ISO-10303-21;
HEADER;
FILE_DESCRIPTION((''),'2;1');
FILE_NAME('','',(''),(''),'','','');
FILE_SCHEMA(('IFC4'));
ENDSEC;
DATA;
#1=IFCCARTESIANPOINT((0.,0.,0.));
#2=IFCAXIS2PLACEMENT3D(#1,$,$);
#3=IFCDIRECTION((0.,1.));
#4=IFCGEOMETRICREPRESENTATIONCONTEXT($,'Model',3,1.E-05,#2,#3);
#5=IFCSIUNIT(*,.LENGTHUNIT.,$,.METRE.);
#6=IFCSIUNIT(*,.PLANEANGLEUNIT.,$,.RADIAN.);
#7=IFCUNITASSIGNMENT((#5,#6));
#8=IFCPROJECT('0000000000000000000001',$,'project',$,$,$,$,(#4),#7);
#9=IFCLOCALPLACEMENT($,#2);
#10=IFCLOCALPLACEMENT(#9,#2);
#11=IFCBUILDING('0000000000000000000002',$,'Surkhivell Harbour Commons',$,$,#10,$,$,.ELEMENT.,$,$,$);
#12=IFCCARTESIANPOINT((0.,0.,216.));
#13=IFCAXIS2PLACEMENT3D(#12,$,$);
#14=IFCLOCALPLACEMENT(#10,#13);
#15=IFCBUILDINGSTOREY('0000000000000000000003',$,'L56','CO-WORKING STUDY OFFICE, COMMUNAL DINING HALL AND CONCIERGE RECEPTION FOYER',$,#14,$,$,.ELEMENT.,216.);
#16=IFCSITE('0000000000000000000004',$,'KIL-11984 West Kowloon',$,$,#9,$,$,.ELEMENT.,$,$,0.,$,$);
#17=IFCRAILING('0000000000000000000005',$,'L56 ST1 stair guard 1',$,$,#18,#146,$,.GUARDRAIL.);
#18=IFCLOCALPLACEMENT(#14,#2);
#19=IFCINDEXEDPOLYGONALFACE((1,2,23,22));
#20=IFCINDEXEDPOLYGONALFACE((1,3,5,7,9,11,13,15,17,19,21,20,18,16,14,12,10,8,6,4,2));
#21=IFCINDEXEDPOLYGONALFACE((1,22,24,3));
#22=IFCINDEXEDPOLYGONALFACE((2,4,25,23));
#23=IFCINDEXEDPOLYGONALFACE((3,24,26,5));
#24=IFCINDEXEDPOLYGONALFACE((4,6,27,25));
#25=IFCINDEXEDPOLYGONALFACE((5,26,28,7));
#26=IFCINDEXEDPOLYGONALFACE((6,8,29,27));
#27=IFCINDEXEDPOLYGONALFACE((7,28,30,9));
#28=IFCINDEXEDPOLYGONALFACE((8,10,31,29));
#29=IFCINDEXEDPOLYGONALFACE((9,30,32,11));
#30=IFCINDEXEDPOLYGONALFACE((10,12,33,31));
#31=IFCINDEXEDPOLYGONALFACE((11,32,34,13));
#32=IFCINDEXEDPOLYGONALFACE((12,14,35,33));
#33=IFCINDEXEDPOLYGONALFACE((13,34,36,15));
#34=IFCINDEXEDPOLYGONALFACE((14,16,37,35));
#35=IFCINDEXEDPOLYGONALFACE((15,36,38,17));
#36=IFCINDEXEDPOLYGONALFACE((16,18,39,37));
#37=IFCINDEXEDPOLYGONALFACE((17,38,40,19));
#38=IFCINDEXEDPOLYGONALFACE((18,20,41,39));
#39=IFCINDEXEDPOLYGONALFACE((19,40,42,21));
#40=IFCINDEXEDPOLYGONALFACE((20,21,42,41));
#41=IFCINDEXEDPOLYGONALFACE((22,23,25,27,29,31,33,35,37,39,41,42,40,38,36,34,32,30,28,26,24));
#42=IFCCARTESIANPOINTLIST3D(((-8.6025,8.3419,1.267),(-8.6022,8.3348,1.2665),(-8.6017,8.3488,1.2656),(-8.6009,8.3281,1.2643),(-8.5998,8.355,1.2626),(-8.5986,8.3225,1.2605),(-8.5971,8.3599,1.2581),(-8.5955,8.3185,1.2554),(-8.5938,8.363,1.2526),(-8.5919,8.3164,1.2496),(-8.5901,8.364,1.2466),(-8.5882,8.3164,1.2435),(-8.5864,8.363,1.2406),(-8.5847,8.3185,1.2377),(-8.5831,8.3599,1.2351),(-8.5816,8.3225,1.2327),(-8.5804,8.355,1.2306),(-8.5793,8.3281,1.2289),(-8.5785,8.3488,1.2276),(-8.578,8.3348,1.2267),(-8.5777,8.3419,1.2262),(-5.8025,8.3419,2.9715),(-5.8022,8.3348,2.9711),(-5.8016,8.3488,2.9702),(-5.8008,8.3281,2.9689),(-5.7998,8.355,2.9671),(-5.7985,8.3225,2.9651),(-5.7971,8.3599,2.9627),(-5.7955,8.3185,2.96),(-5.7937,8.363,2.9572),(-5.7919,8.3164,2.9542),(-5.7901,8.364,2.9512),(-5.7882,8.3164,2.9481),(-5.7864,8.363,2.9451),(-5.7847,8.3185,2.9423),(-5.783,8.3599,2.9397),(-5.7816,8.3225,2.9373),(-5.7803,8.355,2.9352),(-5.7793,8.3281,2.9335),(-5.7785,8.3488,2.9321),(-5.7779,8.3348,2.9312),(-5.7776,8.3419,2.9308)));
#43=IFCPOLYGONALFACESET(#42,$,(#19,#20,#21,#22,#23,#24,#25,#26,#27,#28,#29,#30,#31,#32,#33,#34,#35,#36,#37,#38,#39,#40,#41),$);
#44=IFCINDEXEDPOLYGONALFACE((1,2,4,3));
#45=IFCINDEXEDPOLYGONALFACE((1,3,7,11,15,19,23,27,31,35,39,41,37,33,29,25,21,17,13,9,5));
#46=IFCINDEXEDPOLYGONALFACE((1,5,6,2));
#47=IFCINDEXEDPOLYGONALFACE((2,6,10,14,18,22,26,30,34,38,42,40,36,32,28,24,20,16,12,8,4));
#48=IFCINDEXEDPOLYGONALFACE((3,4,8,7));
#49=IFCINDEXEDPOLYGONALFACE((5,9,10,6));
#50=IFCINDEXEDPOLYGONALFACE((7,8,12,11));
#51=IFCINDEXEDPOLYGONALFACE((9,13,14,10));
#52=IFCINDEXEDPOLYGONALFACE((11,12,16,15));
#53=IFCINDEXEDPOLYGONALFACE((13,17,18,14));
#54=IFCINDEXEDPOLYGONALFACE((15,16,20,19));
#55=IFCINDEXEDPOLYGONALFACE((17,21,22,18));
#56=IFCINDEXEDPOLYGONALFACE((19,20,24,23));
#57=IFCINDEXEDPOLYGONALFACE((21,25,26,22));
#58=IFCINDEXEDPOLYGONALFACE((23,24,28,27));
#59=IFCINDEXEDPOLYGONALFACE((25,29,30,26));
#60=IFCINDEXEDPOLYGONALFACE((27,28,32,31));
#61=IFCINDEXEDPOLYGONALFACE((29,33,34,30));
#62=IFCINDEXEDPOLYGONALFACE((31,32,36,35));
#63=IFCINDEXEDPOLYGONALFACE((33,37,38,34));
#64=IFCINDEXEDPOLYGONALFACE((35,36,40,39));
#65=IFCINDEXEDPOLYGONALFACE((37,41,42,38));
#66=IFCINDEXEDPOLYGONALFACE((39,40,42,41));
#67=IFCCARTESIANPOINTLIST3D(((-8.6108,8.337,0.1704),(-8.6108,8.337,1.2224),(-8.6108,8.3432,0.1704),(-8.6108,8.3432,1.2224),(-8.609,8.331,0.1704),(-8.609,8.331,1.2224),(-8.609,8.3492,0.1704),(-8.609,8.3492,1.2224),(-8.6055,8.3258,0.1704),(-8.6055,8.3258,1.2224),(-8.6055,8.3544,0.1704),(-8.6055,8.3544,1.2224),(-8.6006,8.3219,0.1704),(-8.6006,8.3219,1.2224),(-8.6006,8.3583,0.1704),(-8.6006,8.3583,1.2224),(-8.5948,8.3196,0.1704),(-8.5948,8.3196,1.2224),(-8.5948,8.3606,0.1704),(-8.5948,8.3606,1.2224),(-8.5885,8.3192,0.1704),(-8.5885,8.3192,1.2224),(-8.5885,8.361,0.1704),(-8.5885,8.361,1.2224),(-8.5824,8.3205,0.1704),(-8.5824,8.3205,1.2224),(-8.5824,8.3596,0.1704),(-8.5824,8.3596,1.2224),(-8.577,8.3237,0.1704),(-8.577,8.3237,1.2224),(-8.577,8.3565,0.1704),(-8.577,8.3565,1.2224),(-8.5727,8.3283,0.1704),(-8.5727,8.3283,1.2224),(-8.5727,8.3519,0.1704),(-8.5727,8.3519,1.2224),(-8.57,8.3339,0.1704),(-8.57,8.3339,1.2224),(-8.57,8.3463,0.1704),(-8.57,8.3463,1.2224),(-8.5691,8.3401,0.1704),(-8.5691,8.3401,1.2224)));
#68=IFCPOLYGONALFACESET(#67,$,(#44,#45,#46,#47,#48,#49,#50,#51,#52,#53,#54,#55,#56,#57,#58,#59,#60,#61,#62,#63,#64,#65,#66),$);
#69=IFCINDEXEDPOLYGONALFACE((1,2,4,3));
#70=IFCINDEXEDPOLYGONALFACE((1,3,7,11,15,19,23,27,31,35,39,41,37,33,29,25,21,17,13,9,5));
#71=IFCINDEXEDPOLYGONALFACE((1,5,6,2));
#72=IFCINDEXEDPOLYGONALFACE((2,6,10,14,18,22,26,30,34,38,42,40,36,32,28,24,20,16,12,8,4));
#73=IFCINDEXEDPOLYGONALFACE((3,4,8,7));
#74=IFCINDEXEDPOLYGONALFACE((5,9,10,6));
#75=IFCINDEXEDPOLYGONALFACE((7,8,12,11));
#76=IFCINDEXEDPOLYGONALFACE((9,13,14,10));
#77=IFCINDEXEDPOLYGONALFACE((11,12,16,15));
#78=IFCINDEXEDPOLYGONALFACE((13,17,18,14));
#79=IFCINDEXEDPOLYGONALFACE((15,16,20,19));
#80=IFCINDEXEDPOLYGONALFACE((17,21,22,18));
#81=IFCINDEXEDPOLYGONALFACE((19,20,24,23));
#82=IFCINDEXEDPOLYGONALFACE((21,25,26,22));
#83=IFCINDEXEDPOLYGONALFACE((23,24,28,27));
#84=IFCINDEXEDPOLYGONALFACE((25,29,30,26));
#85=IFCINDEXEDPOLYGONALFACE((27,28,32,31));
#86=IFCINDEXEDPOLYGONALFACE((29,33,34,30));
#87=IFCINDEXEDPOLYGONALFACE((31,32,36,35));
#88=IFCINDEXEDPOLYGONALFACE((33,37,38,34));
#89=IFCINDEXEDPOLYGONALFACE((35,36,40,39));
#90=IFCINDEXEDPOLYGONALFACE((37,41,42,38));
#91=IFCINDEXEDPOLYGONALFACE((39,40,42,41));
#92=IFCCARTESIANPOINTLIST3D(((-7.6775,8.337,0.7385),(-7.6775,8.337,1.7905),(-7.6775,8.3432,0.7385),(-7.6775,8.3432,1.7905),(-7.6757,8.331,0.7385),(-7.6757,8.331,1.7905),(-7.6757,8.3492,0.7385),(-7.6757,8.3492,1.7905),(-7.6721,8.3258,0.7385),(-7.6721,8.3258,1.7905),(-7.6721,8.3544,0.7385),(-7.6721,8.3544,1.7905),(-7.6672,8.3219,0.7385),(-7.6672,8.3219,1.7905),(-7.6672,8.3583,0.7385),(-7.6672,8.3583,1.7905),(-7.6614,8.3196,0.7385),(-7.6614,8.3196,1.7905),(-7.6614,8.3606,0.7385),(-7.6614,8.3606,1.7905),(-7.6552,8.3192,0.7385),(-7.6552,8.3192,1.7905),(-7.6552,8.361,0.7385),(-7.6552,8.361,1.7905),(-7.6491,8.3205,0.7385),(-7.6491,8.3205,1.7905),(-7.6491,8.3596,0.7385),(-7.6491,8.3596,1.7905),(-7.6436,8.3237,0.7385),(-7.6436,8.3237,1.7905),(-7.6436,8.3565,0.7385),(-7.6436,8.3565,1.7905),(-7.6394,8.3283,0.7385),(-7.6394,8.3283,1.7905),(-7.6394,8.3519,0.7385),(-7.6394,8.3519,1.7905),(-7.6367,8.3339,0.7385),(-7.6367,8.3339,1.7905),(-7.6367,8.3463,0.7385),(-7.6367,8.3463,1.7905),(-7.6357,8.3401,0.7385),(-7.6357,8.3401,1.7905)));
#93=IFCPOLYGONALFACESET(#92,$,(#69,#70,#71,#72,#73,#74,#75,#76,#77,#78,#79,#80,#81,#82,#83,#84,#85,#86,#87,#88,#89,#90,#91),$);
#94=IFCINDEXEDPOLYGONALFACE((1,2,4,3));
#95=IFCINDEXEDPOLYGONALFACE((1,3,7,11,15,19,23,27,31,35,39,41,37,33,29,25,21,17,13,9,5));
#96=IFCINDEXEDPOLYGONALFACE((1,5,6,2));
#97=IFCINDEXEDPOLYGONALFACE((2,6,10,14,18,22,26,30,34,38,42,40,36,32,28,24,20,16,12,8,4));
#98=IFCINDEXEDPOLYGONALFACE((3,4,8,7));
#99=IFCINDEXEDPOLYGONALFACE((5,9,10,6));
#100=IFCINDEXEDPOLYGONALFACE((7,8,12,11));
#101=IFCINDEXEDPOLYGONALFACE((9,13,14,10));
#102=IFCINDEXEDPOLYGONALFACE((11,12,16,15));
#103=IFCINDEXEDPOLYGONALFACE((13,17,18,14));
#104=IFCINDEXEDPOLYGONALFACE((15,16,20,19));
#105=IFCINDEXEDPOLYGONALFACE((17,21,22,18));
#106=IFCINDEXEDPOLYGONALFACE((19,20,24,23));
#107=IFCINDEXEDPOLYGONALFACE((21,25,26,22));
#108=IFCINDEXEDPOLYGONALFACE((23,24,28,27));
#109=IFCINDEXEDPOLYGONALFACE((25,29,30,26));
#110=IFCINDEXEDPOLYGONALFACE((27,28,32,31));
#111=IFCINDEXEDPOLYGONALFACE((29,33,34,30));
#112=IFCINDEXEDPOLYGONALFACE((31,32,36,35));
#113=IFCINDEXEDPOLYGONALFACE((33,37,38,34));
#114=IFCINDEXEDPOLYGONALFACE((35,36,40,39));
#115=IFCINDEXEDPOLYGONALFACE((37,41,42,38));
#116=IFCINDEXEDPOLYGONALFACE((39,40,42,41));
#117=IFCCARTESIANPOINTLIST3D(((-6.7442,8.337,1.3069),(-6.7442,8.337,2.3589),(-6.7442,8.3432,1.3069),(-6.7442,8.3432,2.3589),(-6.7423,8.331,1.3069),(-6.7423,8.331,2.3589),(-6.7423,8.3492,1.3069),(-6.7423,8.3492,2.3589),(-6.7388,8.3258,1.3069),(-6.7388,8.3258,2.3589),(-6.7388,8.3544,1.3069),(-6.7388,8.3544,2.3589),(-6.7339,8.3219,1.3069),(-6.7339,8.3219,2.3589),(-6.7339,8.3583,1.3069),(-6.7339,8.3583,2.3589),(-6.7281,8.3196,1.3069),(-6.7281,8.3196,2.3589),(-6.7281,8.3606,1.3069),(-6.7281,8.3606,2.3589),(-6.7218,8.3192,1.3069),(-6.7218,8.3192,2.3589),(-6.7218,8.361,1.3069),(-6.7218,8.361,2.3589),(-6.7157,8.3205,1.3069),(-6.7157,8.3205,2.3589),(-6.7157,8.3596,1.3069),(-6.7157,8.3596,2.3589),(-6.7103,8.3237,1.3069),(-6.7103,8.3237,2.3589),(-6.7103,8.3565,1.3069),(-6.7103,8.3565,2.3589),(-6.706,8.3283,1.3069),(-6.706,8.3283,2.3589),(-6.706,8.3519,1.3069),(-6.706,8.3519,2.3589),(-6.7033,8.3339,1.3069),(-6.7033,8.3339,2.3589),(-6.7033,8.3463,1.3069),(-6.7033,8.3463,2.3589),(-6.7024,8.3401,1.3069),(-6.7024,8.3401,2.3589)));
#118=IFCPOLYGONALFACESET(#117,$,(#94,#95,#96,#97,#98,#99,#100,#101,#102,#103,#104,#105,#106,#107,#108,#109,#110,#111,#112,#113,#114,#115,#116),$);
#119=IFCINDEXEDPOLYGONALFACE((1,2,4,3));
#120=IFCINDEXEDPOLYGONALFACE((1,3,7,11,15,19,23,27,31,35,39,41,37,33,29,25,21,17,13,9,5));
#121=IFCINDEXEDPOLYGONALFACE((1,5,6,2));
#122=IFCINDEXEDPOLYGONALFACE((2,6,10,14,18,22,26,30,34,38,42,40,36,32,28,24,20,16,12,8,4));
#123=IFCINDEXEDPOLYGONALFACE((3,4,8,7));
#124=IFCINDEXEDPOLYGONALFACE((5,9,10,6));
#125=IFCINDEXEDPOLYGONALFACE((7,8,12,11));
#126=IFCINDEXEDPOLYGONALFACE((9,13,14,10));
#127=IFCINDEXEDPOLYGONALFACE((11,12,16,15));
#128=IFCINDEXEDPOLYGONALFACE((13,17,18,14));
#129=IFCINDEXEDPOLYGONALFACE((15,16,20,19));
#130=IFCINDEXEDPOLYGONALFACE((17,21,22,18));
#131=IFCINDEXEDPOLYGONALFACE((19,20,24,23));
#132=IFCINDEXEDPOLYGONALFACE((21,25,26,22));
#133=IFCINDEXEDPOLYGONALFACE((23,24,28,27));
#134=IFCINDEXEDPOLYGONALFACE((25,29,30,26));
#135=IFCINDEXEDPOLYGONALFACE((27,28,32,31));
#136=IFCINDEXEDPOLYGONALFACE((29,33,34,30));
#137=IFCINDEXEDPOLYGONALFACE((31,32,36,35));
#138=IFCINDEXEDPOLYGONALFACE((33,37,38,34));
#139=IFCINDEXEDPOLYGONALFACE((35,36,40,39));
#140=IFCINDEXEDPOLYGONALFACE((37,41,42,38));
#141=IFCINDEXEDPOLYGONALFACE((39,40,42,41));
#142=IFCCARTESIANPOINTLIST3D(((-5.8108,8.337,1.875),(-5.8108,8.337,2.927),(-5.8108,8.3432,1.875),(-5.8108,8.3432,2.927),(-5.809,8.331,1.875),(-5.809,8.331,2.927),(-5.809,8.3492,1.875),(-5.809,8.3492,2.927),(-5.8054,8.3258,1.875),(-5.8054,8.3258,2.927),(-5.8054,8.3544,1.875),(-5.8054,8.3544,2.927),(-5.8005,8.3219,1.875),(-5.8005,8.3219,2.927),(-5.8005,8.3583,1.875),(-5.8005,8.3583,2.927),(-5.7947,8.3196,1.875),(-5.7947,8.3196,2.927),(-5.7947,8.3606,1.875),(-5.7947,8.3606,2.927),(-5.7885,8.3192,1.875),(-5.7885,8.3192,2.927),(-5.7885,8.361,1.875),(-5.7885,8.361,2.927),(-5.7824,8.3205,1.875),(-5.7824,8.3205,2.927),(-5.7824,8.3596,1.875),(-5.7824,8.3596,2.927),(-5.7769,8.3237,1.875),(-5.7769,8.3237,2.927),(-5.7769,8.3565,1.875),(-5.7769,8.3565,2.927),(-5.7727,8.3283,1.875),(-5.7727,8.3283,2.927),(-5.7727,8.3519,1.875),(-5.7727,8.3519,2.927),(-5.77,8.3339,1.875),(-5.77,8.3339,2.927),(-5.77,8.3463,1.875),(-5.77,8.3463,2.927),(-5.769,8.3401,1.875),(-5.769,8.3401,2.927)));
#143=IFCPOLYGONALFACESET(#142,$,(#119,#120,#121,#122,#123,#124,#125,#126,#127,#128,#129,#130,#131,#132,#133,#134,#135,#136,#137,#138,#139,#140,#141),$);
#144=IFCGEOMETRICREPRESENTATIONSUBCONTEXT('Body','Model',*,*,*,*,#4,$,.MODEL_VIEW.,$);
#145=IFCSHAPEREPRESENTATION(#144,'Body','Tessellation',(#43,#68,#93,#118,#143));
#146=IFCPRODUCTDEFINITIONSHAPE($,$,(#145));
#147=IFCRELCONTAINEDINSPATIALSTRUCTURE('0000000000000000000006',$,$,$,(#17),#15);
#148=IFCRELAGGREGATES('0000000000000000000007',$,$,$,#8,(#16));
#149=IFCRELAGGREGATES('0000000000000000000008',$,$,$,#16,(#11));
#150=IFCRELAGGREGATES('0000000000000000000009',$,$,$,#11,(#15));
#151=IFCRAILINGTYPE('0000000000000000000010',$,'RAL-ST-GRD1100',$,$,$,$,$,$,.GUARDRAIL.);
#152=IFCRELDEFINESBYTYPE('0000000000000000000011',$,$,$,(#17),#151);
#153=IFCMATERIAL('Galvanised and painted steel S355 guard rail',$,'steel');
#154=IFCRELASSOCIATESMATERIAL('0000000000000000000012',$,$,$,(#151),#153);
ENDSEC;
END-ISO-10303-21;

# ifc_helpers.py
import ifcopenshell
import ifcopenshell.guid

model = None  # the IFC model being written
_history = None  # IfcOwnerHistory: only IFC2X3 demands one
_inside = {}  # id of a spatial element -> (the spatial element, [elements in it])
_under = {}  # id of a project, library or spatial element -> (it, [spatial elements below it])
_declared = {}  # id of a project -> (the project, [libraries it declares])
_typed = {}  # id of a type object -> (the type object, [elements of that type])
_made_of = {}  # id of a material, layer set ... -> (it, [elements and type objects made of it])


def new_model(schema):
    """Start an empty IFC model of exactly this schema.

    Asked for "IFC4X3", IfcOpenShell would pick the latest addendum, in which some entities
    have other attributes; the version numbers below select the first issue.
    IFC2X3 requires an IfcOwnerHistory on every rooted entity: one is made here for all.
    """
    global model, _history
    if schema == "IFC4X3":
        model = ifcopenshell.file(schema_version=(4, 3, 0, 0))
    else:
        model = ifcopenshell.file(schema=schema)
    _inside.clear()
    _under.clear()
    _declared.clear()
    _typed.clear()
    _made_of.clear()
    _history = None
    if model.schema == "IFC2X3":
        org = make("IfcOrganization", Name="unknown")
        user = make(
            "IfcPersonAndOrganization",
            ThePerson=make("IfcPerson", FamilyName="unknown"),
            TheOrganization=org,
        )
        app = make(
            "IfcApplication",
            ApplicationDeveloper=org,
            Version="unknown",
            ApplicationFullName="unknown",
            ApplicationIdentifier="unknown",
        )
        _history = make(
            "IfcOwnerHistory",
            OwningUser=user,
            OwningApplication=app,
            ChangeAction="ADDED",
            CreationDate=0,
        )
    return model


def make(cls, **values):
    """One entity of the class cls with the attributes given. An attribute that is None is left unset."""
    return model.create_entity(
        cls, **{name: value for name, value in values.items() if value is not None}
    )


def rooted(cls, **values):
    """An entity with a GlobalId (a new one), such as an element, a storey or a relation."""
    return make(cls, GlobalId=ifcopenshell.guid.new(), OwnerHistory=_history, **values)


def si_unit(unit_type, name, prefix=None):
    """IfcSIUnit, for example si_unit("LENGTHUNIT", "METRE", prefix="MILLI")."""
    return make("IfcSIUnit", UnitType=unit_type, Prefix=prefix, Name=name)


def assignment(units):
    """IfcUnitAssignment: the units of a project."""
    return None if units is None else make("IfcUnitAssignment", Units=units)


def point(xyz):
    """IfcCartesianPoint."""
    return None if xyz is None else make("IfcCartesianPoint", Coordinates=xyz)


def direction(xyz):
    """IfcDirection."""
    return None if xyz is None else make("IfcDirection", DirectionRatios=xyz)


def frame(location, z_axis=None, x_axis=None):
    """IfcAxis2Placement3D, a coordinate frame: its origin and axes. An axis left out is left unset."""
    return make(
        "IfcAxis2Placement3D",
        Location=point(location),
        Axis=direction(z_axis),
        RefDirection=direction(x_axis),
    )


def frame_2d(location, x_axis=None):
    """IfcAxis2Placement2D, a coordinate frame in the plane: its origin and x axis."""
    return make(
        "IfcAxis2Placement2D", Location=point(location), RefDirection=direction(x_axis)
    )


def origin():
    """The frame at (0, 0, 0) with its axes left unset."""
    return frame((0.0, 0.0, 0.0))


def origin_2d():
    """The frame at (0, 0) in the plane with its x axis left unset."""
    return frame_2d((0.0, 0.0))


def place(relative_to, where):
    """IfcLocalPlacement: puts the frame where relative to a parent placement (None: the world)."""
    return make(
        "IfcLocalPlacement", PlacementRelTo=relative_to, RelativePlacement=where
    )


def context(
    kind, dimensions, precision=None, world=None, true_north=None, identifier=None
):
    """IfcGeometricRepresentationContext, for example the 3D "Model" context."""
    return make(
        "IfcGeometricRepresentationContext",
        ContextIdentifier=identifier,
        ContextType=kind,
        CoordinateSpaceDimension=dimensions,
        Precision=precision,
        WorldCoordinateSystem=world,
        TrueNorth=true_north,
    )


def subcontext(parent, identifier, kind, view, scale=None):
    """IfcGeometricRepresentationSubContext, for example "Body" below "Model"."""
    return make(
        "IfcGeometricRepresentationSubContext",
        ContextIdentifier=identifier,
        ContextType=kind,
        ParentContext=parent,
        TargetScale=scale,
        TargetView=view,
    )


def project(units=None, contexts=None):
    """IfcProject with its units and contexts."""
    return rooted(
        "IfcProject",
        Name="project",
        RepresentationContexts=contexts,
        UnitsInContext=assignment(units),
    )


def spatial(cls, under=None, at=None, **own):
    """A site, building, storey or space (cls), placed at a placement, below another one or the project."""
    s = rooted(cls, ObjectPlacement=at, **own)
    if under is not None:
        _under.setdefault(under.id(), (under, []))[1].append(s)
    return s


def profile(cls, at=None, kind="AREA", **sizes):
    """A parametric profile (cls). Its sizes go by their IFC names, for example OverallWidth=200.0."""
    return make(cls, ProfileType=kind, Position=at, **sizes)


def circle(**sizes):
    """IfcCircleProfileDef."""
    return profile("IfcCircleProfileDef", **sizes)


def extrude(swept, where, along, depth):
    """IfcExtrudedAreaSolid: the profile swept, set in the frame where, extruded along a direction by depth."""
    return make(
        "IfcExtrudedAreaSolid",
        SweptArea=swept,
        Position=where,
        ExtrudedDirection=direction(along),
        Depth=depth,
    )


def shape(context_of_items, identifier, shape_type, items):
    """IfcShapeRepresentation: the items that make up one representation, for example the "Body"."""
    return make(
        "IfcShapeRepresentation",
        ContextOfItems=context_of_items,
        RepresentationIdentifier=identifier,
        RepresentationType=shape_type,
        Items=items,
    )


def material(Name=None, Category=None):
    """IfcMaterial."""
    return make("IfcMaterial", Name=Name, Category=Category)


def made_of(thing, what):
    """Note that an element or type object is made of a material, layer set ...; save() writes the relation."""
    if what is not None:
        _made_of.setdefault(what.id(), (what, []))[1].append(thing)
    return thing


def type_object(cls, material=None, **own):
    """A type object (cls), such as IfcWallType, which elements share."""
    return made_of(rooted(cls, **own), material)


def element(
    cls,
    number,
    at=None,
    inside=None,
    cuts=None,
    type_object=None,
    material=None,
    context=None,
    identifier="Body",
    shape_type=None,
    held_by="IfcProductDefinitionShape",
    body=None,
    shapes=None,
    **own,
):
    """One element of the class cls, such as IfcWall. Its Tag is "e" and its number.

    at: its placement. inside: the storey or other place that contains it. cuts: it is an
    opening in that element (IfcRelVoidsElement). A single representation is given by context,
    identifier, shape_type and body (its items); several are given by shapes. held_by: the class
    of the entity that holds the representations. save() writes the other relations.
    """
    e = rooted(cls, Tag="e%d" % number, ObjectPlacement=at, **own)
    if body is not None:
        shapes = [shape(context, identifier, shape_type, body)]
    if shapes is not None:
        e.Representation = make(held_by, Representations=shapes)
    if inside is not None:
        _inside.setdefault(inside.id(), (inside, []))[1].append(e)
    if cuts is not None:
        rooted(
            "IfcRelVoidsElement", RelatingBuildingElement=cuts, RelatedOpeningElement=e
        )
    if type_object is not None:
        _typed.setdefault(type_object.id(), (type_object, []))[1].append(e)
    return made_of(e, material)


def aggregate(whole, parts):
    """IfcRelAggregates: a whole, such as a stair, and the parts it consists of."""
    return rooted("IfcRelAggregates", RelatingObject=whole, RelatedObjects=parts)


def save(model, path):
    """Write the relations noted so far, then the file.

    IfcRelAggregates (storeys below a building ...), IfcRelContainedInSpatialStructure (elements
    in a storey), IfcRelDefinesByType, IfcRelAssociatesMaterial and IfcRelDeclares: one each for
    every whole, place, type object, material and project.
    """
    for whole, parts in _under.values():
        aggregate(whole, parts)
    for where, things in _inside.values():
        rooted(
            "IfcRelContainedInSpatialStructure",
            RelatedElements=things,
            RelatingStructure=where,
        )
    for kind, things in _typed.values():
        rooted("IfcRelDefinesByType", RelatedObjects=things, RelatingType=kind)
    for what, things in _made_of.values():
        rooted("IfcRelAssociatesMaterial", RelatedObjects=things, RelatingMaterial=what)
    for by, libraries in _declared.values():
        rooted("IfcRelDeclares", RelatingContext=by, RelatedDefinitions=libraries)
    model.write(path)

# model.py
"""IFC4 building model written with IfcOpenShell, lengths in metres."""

from ifc_helpers import new_model, si_unit, direction, frame, origin, origin_2d, place, context, subcontext, project, spatial, circle, extrude, material, type_object, element, save


model = new_model("IFC4")

# Units and contexts
model_context = context("Model", 3, precision=1e-05, world=origin(), true_north=direction((0.0, 1.0)))
body_context = subcontext(model_context, "Body", "Model", "MODEL_VIEW")
ifc_project = project(units=[si_unit("LENGTHUNIT", "METRE"), si_unit("PLANEANGLEUNIT", "RADIAN")], contexts=[model_context])

# Site, building, storey
site_placement = place(None, origin())
site = spatial("IfcSite", under=ifc_project, at=site_placement, Name="KIL-11984 West Kowloon", CompositionType="ELEMENT", RefElevation=0.0)
building_placement = place(site_placement, origin())
building = spatial("IfcBuilding", under=site, at=building_placement, Name="Surkhivell Harbour Commons", CompositionType="ELEMENT")
storey_placement = place(building_placement, frame((0.0, 0.0, 216.0)))
storey = spatial("IfcBuildingStorey", under=building, at=storey_placement, Name="L56", Description="CO-WORKING STUDY OFFICE, COMMUNAL DINING HALL AND CONCIERGE RECEPTION FOYER", CompositionType="ELEMENT", Elevation=216.0)

# Railing
ifc_material_1 = material(Name="Galvanised and painted steel S355 guard rail", Category="steel")
railing_type_1 = type_object("IfcRailingType", Name="RAL-ST-GRD1100", PredefinedType="GUARDRAIL", material=ifc_material_1)
railing_1_placement = place(storey_placement, frame((-8.5901, 8.3401, 0.1704)))
element("IfcRailing", 1, at=railing_1_placement, inside=storey, type_object=railing_type_1, Name="L56 ST1 stair guard 1", PredefinedType="GUARDRAIL", context=body_context, shape_type="SweptSolid", body=[
    extrude(circle(Radius=0.0239, at=origin_2d()), frame((0.0, 0.0, 1.0762), z_axis=(0.85417, 0.0, 0.519994), x_axis=(0.0, 1.0, 0.0)), (0.0, 0.0, 1.0), 3.2781),
    extrude(circle(Radius=0.021, at=origin_2d()), origin(), (0.0, 0.0, 1.0), 1.052),
    extrude(circle(Radius=0.021, at=origin_2d()), frame((0.9333, 0.0, 0.5681)), (0.0, 0.0, 1.0), 1.052),
    extrude(circle(Radius=0.021, at=origin_2d()), frame((1.8667, 0.0, 1.1365)), (0.0, 0.0, 1.0), 1.052),
    extrude(circle(Radius=0.021, at=origin_2d()), frame((2.8, 0.0, 1.7046)), (0.0, 0.0, 1.0), 1.052),
])

save(model, "model.ifc")
